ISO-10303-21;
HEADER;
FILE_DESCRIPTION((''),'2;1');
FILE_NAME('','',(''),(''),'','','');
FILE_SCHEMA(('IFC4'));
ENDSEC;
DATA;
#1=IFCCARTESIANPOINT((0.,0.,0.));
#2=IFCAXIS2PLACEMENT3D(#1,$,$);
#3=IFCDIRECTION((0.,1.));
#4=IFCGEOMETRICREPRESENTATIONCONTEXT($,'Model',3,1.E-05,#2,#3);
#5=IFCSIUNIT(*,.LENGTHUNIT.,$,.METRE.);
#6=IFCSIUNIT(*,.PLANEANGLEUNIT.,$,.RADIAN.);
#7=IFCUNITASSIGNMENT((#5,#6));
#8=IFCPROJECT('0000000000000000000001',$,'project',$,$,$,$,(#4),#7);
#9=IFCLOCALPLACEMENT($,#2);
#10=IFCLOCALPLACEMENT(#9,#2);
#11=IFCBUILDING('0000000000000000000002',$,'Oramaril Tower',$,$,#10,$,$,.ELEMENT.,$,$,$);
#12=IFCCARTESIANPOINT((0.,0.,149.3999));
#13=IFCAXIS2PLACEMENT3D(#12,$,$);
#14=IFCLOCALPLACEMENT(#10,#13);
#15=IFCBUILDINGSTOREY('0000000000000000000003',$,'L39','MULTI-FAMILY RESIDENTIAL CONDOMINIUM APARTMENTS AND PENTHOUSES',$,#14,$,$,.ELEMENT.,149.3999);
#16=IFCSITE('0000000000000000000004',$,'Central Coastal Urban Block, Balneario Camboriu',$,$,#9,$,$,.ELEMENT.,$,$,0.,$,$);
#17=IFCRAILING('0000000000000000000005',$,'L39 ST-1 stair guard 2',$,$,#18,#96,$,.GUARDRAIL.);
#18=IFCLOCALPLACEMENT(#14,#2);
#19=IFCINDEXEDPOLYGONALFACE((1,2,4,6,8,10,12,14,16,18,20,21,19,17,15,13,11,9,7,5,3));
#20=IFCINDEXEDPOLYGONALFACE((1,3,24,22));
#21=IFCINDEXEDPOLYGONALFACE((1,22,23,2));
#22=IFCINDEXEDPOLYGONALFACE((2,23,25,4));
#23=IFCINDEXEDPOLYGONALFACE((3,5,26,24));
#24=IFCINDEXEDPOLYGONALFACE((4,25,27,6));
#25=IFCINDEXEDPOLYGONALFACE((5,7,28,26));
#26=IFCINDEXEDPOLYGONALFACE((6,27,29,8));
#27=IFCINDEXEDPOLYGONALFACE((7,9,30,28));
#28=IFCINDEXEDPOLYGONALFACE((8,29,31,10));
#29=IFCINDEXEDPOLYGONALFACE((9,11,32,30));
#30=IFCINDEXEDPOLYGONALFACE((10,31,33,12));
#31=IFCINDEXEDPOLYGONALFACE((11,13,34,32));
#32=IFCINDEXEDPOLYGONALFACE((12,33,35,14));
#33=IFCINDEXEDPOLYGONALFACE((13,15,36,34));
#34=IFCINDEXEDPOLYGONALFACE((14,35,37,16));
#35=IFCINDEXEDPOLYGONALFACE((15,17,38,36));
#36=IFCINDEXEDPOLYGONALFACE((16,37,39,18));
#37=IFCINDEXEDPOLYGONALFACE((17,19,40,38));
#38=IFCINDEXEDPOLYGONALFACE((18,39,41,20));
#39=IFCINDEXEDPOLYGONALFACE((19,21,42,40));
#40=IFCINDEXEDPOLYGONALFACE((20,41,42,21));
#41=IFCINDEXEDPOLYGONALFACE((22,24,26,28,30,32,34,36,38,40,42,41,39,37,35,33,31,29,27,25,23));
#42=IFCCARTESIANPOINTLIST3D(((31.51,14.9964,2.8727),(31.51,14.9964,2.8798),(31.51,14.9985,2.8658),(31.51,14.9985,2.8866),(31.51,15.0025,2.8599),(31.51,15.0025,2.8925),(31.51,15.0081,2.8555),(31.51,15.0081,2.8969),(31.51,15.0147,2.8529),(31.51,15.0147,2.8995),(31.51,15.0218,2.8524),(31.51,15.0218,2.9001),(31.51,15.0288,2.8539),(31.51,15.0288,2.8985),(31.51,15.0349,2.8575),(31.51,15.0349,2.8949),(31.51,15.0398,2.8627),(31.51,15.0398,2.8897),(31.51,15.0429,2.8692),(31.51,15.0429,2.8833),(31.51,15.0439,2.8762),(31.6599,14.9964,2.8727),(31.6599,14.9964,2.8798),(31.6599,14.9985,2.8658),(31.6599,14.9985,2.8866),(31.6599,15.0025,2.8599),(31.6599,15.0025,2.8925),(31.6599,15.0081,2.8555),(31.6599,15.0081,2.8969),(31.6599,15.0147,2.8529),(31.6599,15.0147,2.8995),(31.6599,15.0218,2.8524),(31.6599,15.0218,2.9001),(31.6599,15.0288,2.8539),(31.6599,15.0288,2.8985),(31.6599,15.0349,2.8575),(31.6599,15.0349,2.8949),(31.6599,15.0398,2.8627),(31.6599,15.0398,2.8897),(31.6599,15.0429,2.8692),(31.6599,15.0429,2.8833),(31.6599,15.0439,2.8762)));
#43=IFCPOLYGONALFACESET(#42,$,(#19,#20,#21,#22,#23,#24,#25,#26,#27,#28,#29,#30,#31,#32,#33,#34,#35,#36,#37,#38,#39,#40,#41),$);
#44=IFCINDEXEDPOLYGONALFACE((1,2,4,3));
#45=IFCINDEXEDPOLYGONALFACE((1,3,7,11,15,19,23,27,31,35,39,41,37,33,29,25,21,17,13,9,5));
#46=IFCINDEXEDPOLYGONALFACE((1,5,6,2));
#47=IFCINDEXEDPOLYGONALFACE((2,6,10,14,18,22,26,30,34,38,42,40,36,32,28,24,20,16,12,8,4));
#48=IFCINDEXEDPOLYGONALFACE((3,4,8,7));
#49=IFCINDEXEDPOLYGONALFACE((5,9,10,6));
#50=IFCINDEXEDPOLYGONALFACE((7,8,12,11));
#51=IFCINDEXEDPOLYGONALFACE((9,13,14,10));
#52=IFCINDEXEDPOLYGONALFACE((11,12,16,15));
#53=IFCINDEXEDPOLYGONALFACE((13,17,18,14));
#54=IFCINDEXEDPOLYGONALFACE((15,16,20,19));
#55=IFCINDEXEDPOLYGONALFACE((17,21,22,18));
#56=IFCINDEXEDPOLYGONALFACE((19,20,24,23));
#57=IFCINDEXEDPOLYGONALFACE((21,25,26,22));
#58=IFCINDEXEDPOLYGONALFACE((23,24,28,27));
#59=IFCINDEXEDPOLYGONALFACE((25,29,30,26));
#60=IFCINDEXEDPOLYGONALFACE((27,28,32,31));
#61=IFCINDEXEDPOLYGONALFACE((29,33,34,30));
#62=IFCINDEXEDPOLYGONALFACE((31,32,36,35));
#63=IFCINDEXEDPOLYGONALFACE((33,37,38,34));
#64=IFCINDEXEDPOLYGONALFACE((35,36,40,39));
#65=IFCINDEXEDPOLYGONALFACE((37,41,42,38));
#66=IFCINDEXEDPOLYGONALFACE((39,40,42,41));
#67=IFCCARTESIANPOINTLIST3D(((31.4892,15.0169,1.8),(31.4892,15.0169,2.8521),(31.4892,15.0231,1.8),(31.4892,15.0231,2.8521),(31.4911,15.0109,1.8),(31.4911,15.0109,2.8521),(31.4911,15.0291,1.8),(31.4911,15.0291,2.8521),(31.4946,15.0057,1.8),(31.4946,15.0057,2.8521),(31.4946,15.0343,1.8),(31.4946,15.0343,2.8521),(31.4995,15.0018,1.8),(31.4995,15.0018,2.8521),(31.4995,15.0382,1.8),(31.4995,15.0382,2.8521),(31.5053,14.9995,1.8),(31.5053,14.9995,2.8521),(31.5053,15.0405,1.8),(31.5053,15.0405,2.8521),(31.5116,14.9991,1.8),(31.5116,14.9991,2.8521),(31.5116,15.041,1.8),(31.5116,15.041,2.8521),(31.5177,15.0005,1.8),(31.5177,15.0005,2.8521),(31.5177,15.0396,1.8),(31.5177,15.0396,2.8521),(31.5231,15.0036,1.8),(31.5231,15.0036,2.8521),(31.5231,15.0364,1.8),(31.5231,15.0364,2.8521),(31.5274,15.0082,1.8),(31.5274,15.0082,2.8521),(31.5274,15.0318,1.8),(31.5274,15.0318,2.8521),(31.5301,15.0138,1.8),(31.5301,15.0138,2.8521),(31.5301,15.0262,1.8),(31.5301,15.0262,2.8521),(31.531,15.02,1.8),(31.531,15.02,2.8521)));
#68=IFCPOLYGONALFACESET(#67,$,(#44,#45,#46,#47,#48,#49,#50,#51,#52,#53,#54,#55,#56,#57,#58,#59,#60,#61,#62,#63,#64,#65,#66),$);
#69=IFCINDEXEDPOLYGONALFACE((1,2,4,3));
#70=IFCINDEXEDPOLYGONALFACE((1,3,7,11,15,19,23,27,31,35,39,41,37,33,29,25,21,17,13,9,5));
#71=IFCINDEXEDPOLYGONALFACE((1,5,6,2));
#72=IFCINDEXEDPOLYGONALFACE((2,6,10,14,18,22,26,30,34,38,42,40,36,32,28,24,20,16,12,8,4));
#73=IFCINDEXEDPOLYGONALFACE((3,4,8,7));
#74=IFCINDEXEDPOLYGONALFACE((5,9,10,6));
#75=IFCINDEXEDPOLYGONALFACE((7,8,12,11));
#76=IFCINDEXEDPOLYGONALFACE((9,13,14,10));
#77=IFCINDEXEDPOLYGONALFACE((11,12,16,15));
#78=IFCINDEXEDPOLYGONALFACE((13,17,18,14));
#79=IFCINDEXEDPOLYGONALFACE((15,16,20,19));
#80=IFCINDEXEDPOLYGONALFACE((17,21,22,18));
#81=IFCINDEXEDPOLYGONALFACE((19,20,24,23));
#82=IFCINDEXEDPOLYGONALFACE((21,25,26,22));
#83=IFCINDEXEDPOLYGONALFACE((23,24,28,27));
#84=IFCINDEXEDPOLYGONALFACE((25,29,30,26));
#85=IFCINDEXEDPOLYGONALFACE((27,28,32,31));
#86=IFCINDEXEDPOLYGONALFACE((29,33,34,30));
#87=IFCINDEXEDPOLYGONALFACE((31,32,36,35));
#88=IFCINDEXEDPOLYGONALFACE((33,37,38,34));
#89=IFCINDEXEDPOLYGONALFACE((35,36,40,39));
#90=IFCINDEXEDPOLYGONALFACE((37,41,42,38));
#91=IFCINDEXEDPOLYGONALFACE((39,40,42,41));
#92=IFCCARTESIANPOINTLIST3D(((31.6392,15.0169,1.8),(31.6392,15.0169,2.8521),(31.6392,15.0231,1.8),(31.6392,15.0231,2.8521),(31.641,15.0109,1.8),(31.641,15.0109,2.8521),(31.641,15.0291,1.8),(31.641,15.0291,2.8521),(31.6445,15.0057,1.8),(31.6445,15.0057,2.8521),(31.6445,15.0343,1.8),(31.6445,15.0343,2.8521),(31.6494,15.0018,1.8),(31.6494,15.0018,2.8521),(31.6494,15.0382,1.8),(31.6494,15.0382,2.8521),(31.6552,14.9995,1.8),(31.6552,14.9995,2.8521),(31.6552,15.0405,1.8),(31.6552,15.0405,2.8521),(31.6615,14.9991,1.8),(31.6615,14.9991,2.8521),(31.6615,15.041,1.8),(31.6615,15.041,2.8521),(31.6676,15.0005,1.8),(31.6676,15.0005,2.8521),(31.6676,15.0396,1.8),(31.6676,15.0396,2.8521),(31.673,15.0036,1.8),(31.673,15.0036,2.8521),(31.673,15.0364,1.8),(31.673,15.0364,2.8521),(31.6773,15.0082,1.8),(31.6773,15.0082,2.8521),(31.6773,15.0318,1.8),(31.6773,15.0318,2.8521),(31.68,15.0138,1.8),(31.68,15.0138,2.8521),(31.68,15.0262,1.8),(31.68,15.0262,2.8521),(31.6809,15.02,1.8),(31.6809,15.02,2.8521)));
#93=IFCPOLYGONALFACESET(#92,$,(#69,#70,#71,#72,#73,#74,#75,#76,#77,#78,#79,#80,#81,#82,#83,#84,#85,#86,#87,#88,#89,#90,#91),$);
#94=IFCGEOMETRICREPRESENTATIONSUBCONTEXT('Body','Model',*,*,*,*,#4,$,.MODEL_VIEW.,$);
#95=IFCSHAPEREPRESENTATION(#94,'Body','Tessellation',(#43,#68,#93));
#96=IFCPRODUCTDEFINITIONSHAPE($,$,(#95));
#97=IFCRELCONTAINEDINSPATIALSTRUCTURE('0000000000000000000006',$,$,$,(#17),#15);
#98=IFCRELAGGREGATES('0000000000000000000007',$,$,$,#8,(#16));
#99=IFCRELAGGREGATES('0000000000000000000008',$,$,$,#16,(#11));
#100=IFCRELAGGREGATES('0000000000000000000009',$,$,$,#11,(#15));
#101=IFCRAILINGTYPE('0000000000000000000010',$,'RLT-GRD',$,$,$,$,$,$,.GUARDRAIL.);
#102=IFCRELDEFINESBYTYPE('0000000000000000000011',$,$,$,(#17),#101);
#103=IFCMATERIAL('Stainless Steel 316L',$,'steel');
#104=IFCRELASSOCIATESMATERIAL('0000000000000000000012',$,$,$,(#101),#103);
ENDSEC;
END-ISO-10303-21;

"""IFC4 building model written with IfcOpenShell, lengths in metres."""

from ifc_helpers import new_model, si_unit, direction, frame, origin, origin_2d, place, context, subcontext, project, spatial, circle, extrude, material, type_object, element, save


model = new_model("IFC4")

# Units and contexts
model_context = context("Model", 3, precision=1e-05, world=origin(), true_north=direction((0.0, 1.0)))
body_context = subcontext(model_context, "Body", "Model", "MODEL_VIEW")
ifc_project = project(units=[si_unit("LENGTHUNIT", "METRE"), si_unit("PLANEANGLEUNIT", "RADIAN")], contexts=[model_context])

# Site, building, storey
site_placement = place(None, origin())
site = spatial("IfcSite", under=ifc_project, at=site_placement, Name="Central Coastal Urban Block, Balneario Camboriu", CompositionType="ELEMENT", RefElevation=0.0)
building_placement = place(site_placement, origin())
building = spatial("IfcBuilding", under=site, at=building_placement, Name="Oramaril Tower", CompositionType="ELEMENT")
storey_placement = place(building_placement, frame((0.0, 0.0, 149.3999)))
storey = spatial("IfcBuildingStorey", under=building, at=storey_placement, Name="L39", Description="MULTI-FAMILY RESIDENTIAL CONDOMINIUM APARTMENTS AND PENTHOUSES", CompositionType="ELEMENT", Elevation=149.3999)

# Railing
ifc_material_1 = material(Name="Stainless Steel 316L", Category="steel")
railing_type_1 = type_object("IfcRailingType", Name="RLT-GRD", PredefinedType="GUARDRAIL", material=ifc_material_1)
railing_1_placement = place(storey_placement, frame((31.51, 15.02, 1.8)))
element("IfcRailing", 1, at=railing_1_placement, inside=storey, type_object=railing_type_1, Name="L39 ST-1 stair guard 2", PredefinedType="GUARDRAIL", context=body_context, shape_type="SweptSolid", body=[
    extrude(circle(Radius=0.0239, at=origin_2d()), frame((0.0, 0.0, 1.0762), z_axis=(1.0, 0.0, 0.0), x_axis=(0.0, 1.0, 0.0)), (0.0, 0.0, 1.0), 0.1499),
    extrude(circle(Radius=0.021, at=origin_2d()), origin(), (0.0, 0.0, 1.0), 1.052),
    extrude(circle(Radius=0.021, at=origin_2d()), frame((0.1499, 0.0, 0.0)), (0.0, 0.0, 1.0), 1.052),
])

save(model, "model.ifc")
